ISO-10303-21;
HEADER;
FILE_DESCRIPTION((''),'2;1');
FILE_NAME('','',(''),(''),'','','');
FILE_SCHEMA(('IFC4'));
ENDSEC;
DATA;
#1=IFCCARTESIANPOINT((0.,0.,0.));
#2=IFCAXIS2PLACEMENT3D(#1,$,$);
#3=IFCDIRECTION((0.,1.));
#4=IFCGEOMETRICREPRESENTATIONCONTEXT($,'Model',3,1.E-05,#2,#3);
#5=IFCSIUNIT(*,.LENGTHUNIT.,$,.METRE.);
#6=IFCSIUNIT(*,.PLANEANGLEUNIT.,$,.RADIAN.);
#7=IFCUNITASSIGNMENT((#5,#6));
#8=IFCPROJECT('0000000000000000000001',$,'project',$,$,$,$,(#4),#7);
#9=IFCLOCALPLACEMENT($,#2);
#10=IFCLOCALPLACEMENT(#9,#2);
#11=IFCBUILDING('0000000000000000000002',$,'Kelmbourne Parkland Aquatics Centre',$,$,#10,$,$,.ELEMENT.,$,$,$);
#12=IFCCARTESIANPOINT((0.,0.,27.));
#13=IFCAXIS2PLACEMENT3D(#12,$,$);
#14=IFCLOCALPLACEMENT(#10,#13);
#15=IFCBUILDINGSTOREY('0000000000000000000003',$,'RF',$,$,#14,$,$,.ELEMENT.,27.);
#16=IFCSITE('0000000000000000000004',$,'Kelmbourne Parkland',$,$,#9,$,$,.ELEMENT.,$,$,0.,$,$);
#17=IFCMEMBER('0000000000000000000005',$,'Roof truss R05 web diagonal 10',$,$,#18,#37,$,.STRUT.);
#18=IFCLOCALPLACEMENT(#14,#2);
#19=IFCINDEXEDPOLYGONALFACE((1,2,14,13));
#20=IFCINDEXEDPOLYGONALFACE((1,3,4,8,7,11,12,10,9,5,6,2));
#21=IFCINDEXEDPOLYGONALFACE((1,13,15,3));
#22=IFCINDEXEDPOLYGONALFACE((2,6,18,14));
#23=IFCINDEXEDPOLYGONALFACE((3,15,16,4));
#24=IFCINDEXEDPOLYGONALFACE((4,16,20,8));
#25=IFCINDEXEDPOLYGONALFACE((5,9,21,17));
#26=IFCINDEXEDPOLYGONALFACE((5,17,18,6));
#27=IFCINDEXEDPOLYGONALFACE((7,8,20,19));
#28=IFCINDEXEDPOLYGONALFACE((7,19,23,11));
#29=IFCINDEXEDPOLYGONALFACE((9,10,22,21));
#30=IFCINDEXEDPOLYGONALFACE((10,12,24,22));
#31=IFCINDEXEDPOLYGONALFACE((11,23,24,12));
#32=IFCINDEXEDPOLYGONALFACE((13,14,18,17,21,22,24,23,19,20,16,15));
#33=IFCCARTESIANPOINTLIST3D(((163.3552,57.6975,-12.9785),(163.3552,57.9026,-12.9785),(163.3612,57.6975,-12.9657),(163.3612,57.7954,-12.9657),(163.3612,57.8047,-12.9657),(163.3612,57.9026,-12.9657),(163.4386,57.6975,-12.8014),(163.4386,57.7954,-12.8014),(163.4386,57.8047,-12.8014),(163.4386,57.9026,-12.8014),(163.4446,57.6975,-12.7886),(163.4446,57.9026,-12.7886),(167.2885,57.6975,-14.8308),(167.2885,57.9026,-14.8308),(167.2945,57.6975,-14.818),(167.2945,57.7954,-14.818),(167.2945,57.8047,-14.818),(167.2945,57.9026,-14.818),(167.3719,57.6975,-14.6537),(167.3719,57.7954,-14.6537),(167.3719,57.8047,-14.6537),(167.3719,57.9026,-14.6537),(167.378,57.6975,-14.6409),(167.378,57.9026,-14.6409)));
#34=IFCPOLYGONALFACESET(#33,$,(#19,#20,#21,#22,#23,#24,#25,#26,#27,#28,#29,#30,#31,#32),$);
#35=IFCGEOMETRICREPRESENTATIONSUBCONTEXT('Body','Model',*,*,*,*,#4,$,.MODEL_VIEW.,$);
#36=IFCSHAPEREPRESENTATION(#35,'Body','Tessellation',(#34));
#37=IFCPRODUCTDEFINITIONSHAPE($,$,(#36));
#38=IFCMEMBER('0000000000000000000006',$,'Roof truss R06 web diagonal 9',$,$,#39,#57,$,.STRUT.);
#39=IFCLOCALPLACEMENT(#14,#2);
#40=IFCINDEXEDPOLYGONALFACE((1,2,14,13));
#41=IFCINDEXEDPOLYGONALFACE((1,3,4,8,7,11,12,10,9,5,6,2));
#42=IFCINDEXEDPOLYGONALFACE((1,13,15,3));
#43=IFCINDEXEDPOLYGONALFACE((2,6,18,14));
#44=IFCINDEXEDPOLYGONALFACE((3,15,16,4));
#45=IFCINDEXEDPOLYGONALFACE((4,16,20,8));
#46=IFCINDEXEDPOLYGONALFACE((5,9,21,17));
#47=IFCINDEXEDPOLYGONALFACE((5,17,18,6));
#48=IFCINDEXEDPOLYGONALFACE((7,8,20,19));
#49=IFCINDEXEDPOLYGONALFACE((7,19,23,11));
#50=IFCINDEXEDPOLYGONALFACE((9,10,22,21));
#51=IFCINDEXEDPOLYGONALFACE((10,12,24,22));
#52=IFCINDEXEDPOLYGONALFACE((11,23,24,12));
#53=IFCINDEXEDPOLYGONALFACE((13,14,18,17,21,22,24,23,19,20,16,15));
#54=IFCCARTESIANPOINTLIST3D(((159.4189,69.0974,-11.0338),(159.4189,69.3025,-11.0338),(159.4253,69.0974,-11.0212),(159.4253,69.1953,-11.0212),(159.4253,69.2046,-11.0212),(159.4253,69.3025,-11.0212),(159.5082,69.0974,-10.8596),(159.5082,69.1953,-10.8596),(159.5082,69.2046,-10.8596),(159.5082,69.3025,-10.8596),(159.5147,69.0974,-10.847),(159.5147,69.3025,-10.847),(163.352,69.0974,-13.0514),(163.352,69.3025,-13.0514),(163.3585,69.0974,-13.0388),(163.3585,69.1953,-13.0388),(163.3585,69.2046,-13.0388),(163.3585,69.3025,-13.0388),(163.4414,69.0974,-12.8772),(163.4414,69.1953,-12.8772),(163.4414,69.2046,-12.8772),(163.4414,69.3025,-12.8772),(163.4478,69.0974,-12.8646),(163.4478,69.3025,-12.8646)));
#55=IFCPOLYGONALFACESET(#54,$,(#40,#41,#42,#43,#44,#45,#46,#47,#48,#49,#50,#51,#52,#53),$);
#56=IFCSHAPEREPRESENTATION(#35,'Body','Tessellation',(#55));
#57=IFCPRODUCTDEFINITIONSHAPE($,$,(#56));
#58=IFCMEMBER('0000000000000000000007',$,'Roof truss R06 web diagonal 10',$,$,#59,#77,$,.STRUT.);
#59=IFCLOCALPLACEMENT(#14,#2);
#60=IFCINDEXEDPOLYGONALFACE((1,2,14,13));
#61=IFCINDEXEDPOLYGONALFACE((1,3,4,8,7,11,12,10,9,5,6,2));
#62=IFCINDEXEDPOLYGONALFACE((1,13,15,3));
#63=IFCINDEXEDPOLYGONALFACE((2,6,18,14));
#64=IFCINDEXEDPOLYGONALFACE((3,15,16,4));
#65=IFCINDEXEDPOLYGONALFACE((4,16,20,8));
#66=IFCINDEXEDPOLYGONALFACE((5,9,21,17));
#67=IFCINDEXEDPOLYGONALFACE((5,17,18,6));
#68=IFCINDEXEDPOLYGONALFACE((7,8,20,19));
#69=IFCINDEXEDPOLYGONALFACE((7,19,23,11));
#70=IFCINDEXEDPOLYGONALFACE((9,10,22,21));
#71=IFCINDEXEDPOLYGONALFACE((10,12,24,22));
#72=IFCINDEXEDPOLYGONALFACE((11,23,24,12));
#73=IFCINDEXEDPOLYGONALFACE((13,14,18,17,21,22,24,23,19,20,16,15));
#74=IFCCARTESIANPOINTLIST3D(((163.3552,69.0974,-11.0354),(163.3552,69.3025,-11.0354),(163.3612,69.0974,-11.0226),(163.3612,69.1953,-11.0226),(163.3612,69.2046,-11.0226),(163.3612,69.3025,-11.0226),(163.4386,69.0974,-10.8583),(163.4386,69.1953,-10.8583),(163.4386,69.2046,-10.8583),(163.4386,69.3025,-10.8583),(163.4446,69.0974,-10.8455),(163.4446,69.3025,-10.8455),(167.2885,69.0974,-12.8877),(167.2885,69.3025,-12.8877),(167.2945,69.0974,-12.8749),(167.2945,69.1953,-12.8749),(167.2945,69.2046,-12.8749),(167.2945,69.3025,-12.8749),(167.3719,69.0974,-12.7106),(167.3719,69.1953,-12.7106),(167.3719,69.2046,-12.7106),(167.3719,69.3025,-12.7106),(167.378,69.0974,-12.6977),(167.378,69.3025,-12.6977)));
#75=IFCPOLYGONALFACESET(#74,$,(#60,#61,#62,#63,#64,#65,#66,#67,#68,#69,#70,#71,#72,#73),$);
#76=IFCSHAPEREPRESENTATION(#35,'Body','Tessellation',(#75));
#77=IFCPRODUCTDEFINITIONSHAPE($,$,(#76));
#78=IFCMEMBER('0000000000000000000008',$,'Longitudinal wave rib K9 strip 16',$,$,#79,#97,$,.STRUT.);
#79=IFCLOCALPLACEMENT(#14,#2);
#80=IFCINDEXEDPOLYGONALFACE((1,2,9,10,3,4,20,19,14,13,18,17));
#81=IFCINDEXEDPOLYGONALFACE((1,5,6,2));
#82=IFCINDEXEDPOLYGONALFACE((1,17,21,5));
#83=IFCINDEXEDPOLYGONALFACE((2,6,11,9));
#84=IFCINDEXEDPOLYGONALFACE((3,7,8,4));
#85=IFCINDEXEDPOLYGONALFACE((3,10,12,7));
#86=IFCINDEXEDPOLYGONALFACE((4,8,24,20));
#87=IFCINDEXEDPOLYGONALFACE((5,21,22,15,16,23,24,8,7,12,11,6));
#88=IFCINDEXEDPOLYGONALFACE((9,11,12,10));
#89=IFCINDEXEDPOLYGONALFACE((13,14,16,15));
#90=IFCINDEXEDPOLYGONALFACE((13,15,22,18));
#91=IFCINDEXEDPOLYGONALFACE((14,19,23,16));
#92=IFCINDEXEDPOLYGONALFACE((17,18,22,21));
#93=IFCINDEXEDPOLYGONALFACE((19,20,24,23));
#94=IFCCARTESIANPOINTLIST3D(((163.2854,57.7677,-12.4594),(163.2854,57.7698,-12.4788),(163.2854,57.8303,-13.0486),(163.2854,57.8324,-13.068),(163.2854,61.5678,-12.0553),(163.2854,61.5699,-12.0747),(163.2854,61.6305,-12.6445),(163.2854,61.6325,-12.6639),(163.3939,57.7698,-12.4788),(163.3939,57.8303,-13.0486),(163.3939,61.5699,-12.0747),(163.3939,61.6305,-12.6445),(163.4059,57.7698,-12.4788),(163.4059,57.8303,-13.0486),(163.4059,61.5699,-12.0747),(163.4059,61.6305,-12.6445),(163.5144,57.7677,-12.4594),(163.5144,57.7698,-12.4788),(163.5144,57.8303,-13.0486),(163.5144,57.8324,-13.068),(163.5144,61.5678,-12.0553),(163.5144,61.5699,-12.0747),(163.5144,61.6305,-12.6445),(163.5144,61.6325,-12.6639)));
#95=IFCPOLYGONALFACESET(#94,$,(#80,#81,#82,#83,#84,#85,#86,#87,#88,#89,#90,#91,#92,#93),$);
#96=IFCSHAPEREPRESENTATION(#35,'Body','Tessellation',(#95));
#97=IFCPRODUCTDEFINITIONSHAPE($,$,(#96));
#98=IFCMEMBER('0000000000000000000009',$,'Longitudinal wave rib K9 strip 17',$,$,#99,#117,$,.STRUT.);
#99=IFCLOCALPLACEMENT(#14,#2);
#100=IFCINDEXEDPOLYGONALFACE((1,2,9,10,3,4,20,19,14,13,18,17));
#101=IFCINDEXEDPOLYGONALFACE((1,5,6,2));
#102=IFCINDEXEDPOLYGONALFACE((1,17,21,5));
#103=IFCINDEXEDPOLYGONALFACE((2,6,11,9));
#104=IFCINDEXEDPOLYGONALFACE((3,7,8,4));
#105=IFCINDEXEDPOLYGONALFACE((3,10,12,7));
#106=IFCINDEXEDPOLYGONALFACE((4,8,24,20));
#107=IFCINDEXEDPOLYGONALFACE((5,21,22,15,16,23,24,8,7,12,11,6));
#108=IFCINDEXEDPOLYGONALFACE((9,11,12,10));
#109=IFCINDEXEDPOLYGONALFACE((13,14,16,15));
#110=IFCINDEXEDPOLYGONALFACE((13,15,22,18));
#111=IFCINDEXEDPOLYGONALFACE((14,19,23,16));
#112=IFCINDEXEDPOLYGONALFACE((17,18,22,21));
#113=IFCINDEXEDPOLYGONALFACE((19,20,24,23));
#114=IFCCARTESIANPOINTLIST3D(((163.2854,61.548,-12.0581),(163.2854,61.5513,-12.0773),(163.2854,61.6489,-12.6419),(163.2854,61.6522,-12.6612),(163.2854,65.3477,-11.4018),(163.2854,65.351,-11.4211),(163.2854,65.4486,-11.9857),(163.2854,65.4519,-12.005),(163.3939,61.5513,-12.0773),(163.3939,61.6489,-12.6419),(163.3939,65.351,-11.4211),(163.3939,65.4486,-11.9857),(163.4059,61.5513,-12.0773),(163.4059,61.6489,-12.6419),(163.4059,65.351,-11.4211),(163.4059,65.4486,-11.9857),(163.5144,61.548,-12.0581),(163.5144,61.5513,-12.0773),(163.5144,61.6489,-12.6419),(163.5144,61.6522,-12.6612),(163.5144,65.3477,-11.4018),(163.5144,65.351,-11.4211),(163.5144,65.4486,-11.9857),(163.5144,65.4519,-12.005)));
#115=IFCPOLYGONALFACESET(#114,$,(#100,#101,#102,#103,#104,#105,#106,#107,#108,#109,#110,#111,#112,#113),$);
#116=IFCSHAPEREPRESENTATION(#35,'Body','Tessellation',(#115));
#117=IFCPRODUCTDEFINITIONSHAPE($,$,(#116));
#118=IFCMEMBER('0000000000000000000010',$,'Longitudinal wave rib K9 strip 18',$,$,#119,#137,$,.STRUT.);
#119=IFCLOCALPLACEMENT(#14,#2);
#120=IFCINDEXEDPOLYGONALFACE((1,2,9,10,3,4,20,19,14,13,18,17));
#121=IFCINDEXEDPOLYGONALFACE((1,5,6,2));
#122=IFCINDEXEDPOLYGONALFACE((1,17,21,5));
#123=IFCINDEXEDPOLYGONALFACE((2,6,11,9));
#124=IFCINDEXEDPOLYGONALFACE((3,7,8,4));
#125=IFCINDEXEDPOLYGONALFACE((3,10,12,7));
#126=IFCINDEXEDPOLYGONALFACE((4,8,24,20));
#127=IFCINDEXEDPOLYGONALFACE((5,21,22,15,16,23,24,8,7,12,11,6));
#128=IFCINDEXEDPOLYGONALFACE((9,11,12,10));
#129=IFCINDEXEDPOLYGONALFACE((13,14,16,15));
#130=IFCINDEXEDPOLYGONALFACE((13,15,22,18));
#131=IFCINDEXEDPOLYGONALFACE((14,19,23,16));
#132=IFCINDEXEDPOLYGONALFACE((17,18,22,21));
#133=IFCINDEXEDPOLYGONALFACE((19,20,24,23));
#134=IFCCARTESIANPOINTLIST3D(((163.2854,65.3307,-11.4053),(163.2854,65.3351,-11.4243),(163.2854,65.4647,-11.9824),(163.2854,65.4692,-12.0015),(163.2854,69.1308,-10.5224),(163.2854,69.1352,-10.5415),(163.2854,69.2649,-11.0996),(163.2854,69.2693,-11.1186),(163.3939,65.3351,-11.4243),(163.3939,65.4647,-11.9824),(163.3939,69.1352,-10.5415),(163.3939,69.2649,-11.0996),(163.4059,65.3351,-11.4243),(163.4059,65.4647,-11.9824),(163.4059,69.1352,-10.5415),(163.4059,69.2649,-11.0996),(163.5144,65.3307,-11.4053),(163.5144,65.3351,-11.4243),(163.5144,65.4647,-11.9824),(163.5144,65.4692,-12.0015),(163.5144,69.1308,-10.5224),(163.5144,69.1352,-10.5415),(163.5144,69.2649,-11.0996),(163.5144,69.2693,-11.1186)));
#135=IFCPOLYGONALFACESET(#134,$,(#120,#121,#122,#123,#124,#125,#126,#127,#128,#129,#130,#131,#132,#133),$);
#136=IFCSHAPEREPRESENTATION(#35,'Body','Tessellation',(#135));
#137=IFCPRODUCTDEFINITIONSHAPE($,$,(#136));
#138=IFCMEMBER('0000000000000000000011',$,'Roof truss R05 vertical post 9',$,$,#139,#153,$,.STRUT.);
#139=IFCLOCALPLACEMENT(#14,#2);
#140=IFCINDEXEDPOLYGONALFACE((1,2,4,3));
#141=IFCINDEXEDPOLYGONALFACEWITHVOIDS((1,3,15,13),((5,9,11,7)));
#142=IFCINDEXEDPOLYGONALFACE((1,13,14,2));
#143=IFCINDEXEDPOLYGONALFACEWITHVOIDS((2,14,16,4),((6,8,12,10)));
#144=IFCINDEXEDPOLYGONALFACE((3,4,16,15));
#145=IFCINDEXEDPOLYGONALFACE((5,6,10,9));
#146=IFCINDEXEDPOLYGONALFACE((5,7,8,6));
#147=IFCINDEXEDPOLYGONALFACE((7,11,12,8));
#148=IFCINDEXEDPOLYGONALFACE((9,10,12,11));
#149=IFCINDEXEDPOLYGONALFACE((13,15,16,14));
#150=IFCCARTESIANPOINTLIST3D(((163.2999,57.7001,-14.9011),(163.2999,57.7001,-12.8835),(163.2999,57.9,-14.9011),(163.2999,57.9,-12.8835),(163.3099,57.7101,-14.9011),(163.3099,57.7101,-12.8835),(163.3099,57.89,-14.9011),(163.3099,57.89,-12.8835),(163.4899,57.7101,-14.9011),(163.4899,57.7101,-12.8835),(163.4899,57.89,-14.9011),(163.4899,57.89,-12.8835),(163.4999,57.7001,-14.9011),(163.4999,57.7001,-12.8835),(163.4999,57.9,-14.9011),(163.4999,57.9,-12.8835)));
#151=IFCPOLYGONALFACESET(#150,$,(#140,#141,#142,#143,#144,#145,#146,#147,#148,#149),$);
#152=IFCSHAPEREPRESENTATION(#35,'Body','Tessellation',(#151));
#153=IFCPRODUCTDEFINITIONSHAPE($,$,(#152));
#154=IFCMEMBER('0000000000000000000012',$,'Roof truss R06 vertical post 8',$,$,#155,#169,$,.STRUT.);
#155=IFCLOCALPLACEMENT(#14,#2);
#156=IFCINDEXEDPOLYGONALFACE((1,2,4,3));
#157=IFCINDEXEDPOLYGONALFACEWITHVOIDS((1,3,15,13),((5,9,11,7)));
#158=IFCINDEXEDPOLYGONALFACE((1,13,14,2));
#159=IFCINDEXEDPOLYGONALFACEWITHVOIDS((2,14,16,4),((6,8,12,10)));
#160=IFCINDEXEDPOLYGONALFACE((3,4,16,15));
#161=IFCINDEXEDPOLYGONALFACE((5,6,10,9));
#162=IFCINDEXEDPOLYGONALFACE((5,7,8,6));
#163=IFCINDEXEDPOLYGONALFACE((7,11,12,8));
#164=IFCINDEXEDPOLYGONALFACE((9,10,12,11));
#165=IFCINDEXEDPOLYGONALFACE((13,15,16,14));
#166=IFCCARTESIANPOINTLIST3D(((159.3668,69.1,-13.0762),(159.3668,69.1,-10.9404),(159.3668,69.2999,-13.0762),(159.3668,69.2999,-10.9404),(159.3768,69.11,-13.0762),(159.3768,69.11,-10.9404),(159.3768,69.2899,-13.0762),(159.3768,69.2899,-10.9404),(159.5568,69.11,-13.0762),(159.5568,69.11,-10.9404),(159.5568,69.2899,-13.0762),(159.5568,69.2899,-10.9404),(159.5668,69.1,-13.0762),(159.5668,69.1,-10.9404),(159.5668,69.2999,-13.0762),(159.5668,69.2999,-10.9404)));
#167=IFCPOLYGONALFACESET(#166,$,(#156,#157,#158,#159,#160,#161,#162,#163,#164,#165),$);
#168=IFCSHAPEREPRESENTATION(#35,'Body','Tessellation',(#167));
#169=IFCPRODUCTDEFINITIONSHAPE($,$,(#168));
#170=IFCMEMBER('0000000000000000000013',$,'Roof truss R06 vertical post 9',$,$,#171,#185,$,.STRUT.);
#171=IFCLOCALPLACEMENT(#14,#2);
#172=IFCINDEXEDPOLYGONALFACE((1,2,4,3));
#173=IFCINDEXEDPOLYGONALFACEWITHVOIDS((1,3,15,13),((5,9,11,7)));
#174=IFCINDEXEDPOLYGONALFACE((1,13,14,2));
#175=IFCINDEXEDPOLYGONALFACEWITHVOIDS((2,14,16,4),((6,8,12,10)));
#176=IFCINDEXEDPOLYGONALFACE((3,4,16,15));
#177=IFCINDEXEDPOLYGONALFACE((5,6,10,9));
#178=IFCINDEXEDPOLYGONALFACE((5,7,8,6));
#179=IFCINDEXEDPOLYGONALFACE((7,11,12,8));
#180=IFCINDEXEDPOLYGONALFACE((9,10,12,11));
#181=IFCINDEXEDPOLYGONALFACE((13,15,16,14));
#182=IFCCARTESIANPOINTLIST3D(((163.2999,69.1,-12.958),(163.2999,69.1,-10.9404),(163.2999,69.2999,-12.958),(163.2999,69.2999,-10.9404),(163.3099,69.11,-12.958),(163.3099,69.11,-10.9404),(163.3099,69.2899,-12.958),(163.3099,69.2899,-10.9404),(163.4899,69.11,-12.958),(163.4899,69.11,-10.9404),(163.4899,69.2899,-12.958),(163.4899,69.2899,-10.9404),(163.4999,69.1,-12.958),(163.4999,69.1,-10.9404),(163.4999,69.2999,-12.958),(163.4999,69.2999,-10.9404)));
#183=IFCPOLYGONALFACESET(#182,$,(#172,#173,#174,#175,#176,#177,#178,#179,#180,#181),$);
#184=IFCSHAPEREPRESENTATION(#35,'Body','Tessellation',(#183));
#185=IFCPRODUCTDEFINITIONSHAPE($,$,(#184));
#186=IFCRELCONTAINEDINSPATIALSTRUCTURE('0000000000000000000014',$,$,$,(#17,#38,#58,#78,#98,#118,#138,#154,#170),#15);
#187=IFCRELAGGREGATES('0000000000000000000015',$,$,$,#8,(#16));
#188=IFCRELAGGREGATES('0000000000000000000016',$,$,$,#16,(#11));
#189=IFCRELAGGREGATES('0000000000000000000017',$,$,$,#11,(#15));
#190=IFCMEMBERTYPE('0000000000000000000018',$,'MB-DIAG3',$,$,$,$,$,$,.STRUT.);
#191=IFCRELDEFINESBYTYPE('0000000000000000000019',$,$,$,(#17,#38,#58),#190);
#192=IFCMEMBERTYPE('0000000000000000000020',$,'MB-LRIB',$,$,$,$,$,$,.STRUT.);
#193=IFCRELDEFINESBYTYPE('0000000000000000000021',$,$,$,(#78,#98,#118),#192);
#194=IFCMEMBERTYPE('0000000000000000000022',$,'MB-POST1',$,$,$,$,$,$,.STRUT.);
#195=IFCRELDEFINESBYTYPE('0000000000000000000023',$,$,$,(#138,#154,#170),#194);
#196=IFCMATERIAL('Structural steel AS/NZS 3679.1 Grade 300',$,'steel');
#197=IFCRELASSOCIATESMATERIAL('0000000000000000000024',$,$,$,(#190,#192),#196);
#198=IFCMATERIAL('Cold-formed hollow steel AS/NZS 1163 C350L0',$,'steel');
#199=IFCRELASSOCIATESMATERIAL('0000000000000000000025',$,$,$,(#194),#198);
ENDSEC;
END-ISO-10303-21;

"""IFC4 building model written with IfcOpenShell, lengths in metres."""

from ifc_helpers import new_model, si_unit, direction, frame, origin, origin_2d, place, context, subcontext, project, spatial, hollow_rectangle, i_section, extrude, material, material_profile, profile_set, type_object, element, save


model = new_model("IFC4")

# Units and contexts
model_context = context("Model", 3, precision=1e-05, world=origin(), true_north=direction((0.0, 1.0)))
body_context = subcontext(model_context, "Body", "Model", "MODEL_VIEW")
ifc_project = project(units=[si_unit("LENGTHUNIT", "METRE"), si_unit("PLANEANGLEUNIT", "RADIAN")], contexts=[model_context])

# Site, building, storey
site_placement = place(None, origin())
site = spatial("IfcSite", under=ifc_project, at=site_placement, Name="Kelmbourne Parkland", CompositionType="ELEMENT", RefElevation=0.0)
building_placement = place(site_placement, origin())
building = spatial("IfcBuilding", under=site, at=building_placement, Name="Kelmbourne Parkland Aquatics Centre", CompositionType="ELEMENT")
storey_placement = place(building_placement, frame((0.0, 0.0, 27.0)))
storey = spatial("IfcBuildingStorey", under=building, at=storey_placement, Name="RF", CompositionType="ELEMENT", Elevation=27.0)

# Members
ifc_material_1 = material(Name="Structural steel AS/NZS 3679.1 Grade 300", Category="steel")
ifc_material_profile_1 = material_profile(ifc_material_1, i_section(OverallWidth=0.2051, OverallDepth=0.21, WebThickness=0.0093, FlangeThickness=0.0142, at=origin_2d()), Name="200UC59.5")
ifc_profile_set_1 = profile_set([ifc_material_profile_1], Name="Structural steel AS/NZS 3679.1 Grade 300")
member_type_1 = type_object("IfcMemberType", Name="MB-DIAG3", PredefinedType="STRUT", material=ifc_profile_set_1)
member_1_placement = place(storey_placement, frame((163.3999, 57.8, -12.8835), z_axis=(0.904703, 0.0, -0.426043), x_axis=(0.0, 1.0, 0.0)))
element("IfcMember", 1, at=member_1_placement, inside=storey, type_object=member_type_1, Name="Roof truss R05 web diagonal 10", PredefinedType="STRUT", context=body_context, shape_type="SweptSolid", body=[
    extrude(i_section(OverallWidth=0.2051, OverallDepth=0.21, WebThickness=0.0093, FlangeThickness=0.0142, at=origin_2d()), origin(), (0.0, 0.0, 1.0), 4.3477),
])
member_2_placement = place(storey_placement, frame((159.4668, 69.2, -10.9404), z_axis=(0.889762, 0.0, -0.456424), x_axis=(0.0, 1.0, 0.0)))
element("IfcMember", 2, at=member_2_placement, inside=storey, type_object=member_type_1, Name="Roof truss R06 web diagonal 9", PredefinedType="STRUT", context=body_context, shape_type="SweptSolid", body=[
    extrude(i_section(OverallWidth=0.2051, OverallDepth=0.21, WebThickness=0.0093, FlangeThickness=0.0142, at=origin_2d()), origin(), (0.0, 0.0, 1.0), 4.4204),
])
member_3_placement = place(storey_placement, frame((163.3999, 69.2, -10.9404), z_axis=(0.904703, 0.0, -0.426043), x_axis=(0.0, 1.0, 0.0)))
element("IfcMember", 3, at=member_3_placement, inside=storey, type_object=member_type_1, Name="Roof truss R06 web diagonal 10", PredefinedType="STRUT", context=body_context, shape_type="SweptSolid", body=[
    extrude(i_section(OverallWidth=0.2051, OverallDepth=0.21, WebThickness=0.0093, FlangeThickness=0.0142, at=origin_2d()), origin(), (0.0, 0.0, 1.0), 4.3477),
])
ifc_material_profile_2 = material_profile(ifc_material_1, i_section(OverallWidth=0.229, OverallDepth=0.6121, WebThickness=0.012, FlangeThickness=0.0195, at=origin_2d()), Name="610UB125")
ifc_profile_set_2 = profile_set([ifc_material_profile_2], Name="Structural steel AS/NZS 3679.1 Grade 300")
member_type_2 = type_object("IfcMemberType", Name="MB-LRIB", PredefinedType="STRUT", material=ifc_profile_set_2)
member_4_placement = place(storey_placement, frame((163.3999, 57.8, -12.7637), z_axis=(0.0, 0.994395, 0.105732), x_axis=(-1.0, 0.0, 0.0)))
element("IfcMember", 4, at=member_4_placement, inside=storey, type_object=member_type_2, Name="Longitudinal wave rib K9 strip 16", PredefinedType="STRUT", context=body_context, shape_type="SweptSolid", body=[
    extrude(i_section(OverallWidth=0.229, OverallDepth=0.6121, WebThickness=0.012, FlangeThickness=0.0195, at=origin_2d()), origin(), (0.0, 0.0, 1.0), 3.8215),
])
member_5_placement = place(storey_placement, frame((163.3999, 61.6001, -12.3596), z_axis=(0.0, 0.985412, 0.170187), x_axis=(-1.0, 0.0, 0.0)))
element("IfcMember", 5, at=member_5_placement, inside=storey, type_object=member_type_2, Name="Longitudinal wave rib K9 strip 17", PredefinedType="STRUT", context=body_context, shape_type="SweptSolid", body=[
    extrude(i_section(OverallWidth=0.229, OverallDepth=0.6121, WebThickness=0.012, FlangeThickness=0.0195, at=origin_2d()), origin(), (0.0, 0.0, 1.0), 3.856),
])
member_6_placement = place(storey_placement, frame((163.3999, 65.3999, -11.7034), z_axis=(0.0, 0.97406, 0.22629), x_axis=(-1.0, 0.0, 0.0)))
element("IfcMember", 6, at=member_6_placement, inside=storey, type_object=member_type_2, Name="Longitudinal wave rib K9 strip 18", PredefinedType="STRUT", context=body_context, shape_type="SweptSolid", body=[
    extrude(i_section(OverallWidth=0.229, OverallDepth=0.6121, WebThickness=0.012, FlangeThickness=0.0195, at=origin_2d()), origin(), (0.0, 0.0, 1.0), 3.9014),
])
ifc_material_2 = material(Name="Cold-formed hollow steel AS/NZS 1163 C350L0", Category="steel")
ifc_material_profile_3 = material_profile(ifc_material_2, hollow_rectangle(XDim=0.2, YDim=0.2, WallThickness=0.01, at=origin_2d()), Name="SHS 200x200x10.0")
ifc_profile_set_3 = profile_set([ifc_material_profile_3], Name="Cold-formed hollow steel AS/NZS 1163 C350L0")
member_type_3 = type_object("IfcMemberType", Name="MB-POST1", PredefinedType="STRUT", material=ifc_profile_set_3)
member_7_placement = place(storey_placement, frame((163.3999, 57.8, -14.9011), z_axis=(0.0, 0.0, 1.0), x_axis=(1.0, 0.0, 0.0)))
element("IfcMember", 7, at=member_7_placement, inside=storey, type_object=member_type_3, Name="Roof truss R05 vertical post 9", PredefinedType="STRUT", context=body_context, shape_type="SweptSolid", body=[
    extrude(hollow_rectangle(XDim=0.2, YDim=0.2, WallThickness=0.01, at=origin_2d()), origin(), (0.0, 0.0, 1.0), 2.0176),
])
member_8_placement = place(storey_placement, frame((159.4668, 69.2, -13.0762), z_axis=(0.0, 0.0, 1.0), x_axis=(1.0, 0.0, 0.0)))
element("IfcMember", 8, at=member_8_placement, inside=storey, type_object=member_type_3, Name="Roof truss R06 vertical post 8", PredefinedType="STRUT", context=body_context, shape_type="SweptSolid", body=[
    extrude(hollow_rectangle(XDim=0.2, YDim=0.2, WallThickness=0.01, at=origin_2d()), origin(), (0.0, 0.0, 1.0), 2.1357),
])
member_9_placement = place(storey_placement, frame((163.3999, 69.2, -12.958), z_axis=(0.0, 0.0, 1.0), x_axis=(1.0, 0.0, 0.0)))
element("IfcMember", 9, at=member_9_placement, inside=storey, type_object=member_type_3, Name="Roof truss R06 vertical post 9", PredefinedType="STRUT", context=body_context, shape_type="SweptSolid", body=[
    extrude(hollow_rectangle(XDim=0.2, YDim=0.2, WallThickness=0.01, at=origin_2d()), origin(), (0.0, 0.0, 1.0), 2.0176),
])

save(model, "model.ifc")
